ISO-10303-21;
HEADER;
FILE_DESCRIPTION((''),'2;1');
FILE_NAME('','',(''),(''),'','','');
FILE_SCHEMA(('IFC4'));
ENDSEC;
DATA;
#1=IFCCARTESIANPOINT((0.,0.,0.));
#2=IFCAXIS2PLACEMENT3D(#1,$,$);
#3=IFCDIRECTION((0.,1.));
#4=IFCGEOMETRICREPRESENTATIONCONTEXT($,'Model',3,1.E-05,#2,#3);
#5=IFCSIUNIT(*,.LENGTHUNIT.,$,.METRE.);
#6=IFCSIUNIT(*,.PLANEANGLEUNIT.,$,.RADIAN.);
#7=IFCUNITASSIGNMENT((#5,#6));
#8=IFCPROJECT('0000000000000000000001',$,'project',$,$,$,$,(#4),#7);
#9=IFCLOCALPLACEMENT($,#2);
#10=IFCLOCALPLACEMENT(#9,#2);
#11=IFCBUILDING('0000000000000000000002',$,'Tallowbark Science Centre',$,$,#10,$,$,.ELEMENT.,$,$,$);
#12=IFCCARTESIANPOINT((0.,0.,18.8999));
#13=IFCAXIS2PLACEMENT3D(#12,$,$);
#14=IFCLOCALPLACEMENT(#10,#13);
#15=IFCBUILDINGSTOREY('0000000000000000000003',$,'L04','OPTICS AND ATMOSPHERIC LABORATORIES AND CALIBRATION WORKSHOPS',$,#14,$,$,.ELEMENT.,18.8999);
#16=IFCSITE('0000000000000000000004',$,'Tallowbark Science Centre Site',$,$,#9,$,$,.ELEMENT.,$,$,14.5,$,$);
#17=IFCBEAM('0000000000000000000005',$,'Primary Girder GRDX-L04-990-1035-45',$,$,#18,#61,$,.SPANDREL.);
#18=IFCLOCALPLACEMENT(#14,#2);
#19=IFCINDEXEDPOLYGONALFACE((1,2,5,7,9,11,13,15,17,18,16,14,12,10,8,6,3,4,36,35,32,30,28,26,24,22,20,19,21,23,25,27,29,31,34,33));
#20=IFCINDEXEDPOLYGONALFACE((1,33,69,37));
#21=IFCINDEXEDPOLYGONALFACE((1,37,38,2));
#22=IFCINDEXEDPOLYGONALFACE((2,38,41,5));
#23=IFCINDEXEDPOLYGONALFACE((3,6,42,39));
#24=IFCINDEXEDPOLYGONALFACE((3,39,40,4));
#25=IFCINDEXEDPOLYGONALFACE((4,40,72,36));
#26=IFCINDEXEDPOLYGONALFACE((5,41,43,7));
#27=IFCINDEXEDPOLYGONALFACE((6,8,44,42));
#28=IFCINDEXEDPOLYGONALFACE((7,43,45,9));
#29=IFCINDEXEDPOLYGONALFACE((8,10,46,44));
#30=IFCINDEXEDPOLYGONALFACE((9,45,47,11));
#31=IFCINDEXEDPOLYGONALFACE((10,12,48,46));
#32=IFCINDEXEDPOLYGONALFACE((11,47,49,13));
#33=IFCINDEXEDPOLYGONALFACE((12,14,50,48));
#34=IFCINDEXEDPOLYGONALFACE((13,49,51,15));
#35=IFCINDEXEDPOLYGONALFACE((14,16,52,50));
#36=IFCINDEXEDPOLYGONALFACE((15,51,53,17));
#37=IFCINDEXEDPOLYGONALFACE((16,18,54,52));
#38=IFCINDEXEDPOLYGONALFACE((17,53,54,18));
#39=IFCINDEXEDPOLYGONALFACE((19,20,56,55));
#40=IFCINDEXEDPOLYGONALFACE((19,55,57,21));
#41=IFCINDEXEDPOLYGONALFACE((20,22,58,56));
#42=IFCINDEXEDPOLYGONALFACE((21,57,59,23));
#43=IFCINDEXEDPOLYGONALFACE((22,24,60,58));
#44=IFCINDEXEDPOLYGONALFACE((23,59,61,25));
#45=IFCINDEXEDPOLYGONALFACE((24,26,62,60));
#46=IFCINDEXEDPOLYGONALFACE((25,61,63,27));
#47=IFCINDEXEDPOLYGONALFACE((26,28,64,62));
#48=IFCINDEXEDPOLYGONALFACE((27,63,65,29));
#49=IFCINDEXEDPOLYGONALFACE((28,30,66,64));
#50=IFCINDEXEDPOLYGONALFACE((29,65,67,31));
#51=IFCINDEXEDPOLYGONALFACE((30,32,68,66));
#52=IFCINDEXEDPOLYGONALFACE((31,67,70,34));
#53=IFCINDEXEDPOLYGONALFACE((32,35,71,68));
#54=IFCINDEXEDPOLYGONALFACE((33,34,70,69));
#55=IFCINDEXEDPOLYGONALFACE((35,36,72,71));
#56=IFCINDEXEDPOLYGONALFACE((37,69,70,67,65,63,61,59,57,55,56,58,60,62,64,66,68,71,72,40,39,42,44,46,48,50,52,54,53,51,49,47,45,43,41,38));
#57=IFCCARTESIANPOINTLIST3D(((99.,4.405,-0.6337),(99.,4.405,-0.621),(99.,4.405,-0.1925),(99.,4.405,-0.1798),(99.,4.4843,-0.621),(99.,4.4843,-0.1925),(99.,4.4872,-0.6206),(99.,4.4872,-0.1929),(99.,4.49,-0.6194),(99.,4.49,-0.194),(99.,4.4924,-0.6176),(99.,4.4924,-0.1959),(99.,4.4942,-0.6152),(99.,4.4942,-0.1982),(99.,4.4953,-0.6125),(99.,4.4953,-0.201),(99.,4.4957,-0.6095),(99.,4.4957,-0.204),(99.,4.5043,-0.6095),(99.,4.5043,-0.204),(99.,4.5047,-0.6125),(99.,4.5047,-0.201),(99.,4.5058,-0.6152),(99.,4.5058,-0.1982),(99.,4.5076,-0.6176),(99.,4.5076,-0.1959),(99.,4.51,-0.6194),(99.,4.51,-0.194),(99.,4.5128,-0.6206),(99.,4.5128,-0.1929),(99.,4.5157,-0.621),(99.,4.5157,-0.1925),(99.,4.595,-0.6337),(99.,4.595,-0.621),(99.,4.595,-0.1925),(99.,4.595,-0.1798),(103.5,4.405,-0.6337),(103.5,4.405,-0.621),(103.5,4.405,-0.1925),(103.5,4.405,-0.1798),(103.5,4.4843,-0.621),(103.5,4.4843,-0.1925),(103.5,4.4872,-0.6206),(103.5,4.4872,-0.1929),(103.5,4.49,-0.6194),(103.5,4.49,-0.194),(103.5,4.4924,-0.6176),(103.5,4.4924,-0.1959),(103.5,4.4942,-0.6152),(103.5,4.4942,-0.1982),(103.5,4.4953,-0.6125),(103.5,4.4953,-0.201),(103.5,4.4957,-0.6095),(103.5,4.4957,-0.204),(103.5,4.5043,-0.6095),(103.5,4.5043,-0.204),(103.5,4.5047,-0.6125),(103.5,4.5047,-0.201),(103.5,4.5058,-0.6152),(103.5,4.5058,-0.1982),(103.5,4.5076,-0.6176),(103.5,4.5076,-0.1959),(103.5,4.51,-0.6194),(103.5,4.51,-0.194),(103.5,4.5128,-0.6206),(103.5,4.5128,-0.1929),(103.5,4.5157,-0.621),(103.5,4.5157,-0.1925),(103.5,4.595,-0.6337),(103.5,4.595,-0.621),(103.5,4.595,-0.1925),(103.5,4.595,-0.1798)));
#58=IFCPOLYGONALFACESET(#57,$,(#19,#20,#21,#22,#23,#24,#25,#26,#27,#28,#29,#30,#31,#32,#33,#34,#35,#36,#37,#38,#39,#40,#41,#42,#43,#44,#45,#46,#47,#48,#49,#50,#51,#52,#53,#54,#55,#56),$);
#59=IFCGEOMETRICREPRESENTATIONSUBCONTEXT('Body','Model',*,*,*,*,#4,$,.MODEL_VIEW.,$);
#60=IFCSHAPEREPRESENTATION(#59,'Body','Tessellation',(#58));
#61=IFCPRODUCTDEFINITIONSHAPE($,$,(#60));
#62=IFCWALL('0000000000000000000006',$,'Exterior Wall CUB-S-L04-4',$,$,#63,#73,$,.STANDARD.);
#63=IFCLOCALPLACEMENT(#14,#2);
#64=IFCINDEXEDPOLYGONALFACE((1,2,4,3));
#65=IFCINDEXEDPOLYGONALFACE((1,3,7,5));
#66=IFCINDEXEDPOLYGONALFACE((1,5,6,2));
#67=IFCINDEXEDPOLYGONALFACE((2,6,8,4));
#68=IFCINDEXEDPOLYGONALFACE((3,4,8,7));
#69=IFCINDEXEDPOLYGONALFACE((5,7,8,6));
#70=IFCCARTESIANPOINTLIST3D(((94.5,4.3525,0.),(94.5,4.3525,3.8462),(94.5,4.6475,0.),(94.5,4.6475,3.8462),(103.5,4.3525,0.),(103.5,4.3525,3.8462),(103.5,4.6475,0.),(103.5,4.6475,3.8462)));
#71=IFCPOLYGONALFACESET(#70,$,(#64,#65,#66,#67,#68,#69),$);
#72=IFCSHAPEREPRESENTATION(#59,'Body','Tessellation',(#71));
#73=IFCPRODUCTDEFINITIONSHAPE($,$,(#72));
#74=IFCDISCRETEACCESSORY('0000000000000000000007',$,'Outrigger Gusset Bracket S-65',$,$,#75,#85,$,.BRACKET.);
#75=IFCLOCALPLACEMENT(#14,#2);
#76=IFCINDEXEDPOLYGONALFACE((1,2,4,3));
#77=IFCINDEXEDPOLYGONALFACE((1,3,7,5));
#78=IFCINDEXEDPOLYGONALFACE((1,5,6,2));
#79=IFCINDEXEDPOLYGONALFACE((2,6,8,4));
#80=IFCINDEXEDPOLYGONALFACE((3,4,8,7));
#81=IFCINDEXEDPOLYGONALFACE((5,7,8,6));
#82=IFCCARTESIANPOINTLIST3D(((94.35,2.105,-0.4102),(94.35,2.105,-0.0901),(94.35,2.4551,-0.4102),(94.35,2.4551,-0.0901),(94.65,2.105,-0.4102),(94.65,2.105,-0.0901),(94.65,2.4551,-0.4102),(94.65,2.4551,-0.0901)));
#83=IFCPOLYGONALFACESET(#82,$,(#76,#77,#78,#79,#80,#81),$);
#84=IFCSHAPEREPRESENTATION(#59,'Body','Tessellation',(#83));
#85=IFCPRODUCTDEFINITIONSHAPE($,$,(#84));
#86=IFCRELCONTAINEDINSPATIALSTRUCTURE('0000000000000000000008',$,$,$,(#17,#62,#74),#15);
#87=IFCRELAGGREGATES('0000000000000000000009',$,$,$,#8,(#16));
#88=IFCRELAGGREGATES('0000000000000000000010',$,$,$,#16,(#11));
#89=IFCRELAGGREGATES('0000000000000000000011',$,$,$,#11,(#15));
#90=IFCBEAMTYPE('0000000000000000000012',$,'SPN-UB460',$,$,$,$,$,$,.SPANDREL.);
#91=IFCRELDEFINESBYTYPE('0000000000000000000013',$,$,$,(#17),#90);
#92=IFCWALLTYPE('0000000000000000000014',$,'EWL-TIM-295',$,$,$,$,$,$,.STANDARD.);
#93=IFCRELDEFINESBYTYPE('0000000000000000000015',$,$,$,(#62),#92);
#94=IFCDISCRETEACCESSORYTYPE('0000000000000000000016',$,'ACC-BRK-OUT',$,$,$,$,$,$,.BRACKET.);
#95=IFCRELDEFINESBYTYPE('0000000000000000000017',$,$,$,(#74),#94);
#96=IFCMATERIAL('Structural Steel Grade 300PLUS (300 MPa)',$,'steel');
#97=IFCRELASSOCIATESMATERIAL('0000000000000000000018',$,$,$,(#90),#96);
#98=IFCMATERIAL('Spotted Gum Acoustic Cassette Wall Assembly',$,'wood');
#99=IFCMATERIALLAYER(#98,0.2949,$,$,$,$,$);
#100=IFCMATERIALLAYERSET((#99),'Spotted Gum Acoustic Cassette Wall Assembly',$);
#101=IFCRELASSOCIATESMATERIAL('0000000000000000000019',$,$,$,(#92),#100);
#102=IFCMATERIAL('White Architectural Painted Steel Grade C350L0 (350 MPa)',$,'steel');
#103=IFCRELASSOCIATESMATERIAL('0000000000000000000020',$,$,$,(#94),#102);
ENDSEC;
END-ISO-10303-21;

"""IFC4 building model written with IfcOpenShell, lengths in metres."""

from ifc_helpers import new_model, si_unit, direction, frame, frame_2d, origin, origin_2d, place, context, subcontext, project, spatial, rectangle, i_section, extrude, material, layer, layer_set, material_profile, profile_set, type_object, element, save


model = new_model("IFC4")

# Units and contexts
model_context = context("Model", 3, precision=1e-05, world=origin(), true_north=direction((0.0, 1.0)))
body_context = subcontext(model_context, "Body", "Model", "MODEL_VIEW")
ifc_project = project(units=[si_unit("LENGTHUNIT", "METRE"), si_unit("PLANEANGLEUNIT", "RADIAN")], contexts=[model_context])

# Site, building, storey
site_placement = place(None, origin())
site = spatial("IfcSite", under=ifc_project, at=site_placement, Name="Tallowbark Science Centre Site", CompositionType="ELEMENT", RefElevation=14.5)
building_placement = place(site_placement, origin())
building = spatial("IfcBuilding", under=site, at=building_placement, Name="Tallowbark Science Centre", CompositionType="ELEMENT")
storey_placement = place(building_placement, frame((0.0, 0.0, 18.8999)))
storey = spatial("IfcBuildingStorey", under=building, at=storey_placement, Name="L04", Description="OPTICS AND ATMOSPHERIC LABORATORIES AND CALIBRATION WORKSHOPS", CompositionType="ELEMENT", Elevation=18.8999)

# Shared definitions
ifc_material_1 = material(Name="White Architectural Painted Steel Grade C350L0 (350 MPa)", Category="steel")
ifc_material_2 = material(Name="Structural Steel Grade 300PLUS (300 MPa)", Category="steel")

# Beam
ifc_material_profile_1 = material_profile(ifc_material_2, i_section(OverallWidth=0.1899, OverallDepth=0.4539, WebThickness=0.0085, FlangeThickness=0.0127, FilletRadius=0.0115, at=origin_2d()), Name="460UB67.1")
ifc_profile_set_1 = profile_set([ifc_material_profile_1], Name="Structural Steel Grade 300PLUS (300 MPa)")
beam_type_1 = type_object("IfcBeamType", Name="SPN-UB460", PredefinedType="SPANDREL", material=ifc_profile_set_1)
for number, where, z_axis, x_axis, name in (
    (1, (99.0, 4.5, -0.4067), (1.0, 0.0, 0.0), (0.0, 1.0, 0.0), "Primary Girder GRDX-L04-990-1035-45"),
):
    element("IfcBeam", number, at=place(storey_placement, frame(where, z_axis=z_axis, x_axis=x_axis)), inside=storey, type_object=beam_type_1, Name=name, PredefinedType="SPANDREL", context=body_context, shape_type="SweptSolid", body=[
        extrude(i_section(OverallWidth=0.1899, OverallDepth=0.4539, WebThickness=0.0085, FlangeThickness=0.0127, FilletRadius=0.0115, at=origin_2d()), origin(), (0.0, 0.0, 1.0), 4.5),
    ])

# Wall
ifc_material_3 = material(Name="Spotted Gum Acoustic Cassette Wall Assembly", Category="wood")
ifc_layer = layer(ifc_material_3, 0.2949)
ifc_layer_set = layer_set([ifc_layer], Name="Spotted Gum Acoustic Cassette Wall Assembly")
wall_type = type_object("IfcWallType", Name="EWL-TIM-295", PredefinedType="STANDARD", material=ifc_layer_set)
wall_placement = place(storey_placement, frame((94.5, 4.5, 0.0), z_axis=(0.0, 0.0, 1.0), x_axis=(1.0, 0.0, 0.0)))
element("IfcWall", 2, at=wall_placement, inside=storey, type_object=wall_type, Name="Exterior Wall CUB-S-L04-4", PredefinedType="STANDARD", context=body_context, shape_type="SweptSolid", body=[
    extrude(rectangle(XDim=9.0, YDim=0.2949, at=frame_2d((4.5, 0.0))), origin(), (0.0, 0.0, 1.0), 3.8462),
])

# Discrete accessory
discrete_accessory_type = type_object("IfcDiscreteAccessoryType", Name="ACC-BRK-OUT", PredefinedType="BRACKET", material=ifc_material_1)
discrete_accessory_placement = place(storey_placement, frame((94.5, 2.28, -0.4102), z_axis=(0.0, 0.0, 1.0), x_axis=(1.0, 0.0, 0.0)))
element("IfcDiscreteAccessory", 3, at=discrete_accessory_placement, inside=storey, type_object=discrete_accessory_type, Name="Outrigger Gusset Bracket S-65", PredefinedType="BRACKET", context=body_context, shape_type="SweptSolid", body=[
    extrude(rectangle(XDim=0.3, YDim=0.3501, at=origin_2d()), origin(), (0.0, 0.0, 1.0), 0.3201),
])

save(model, "model.ifc")
